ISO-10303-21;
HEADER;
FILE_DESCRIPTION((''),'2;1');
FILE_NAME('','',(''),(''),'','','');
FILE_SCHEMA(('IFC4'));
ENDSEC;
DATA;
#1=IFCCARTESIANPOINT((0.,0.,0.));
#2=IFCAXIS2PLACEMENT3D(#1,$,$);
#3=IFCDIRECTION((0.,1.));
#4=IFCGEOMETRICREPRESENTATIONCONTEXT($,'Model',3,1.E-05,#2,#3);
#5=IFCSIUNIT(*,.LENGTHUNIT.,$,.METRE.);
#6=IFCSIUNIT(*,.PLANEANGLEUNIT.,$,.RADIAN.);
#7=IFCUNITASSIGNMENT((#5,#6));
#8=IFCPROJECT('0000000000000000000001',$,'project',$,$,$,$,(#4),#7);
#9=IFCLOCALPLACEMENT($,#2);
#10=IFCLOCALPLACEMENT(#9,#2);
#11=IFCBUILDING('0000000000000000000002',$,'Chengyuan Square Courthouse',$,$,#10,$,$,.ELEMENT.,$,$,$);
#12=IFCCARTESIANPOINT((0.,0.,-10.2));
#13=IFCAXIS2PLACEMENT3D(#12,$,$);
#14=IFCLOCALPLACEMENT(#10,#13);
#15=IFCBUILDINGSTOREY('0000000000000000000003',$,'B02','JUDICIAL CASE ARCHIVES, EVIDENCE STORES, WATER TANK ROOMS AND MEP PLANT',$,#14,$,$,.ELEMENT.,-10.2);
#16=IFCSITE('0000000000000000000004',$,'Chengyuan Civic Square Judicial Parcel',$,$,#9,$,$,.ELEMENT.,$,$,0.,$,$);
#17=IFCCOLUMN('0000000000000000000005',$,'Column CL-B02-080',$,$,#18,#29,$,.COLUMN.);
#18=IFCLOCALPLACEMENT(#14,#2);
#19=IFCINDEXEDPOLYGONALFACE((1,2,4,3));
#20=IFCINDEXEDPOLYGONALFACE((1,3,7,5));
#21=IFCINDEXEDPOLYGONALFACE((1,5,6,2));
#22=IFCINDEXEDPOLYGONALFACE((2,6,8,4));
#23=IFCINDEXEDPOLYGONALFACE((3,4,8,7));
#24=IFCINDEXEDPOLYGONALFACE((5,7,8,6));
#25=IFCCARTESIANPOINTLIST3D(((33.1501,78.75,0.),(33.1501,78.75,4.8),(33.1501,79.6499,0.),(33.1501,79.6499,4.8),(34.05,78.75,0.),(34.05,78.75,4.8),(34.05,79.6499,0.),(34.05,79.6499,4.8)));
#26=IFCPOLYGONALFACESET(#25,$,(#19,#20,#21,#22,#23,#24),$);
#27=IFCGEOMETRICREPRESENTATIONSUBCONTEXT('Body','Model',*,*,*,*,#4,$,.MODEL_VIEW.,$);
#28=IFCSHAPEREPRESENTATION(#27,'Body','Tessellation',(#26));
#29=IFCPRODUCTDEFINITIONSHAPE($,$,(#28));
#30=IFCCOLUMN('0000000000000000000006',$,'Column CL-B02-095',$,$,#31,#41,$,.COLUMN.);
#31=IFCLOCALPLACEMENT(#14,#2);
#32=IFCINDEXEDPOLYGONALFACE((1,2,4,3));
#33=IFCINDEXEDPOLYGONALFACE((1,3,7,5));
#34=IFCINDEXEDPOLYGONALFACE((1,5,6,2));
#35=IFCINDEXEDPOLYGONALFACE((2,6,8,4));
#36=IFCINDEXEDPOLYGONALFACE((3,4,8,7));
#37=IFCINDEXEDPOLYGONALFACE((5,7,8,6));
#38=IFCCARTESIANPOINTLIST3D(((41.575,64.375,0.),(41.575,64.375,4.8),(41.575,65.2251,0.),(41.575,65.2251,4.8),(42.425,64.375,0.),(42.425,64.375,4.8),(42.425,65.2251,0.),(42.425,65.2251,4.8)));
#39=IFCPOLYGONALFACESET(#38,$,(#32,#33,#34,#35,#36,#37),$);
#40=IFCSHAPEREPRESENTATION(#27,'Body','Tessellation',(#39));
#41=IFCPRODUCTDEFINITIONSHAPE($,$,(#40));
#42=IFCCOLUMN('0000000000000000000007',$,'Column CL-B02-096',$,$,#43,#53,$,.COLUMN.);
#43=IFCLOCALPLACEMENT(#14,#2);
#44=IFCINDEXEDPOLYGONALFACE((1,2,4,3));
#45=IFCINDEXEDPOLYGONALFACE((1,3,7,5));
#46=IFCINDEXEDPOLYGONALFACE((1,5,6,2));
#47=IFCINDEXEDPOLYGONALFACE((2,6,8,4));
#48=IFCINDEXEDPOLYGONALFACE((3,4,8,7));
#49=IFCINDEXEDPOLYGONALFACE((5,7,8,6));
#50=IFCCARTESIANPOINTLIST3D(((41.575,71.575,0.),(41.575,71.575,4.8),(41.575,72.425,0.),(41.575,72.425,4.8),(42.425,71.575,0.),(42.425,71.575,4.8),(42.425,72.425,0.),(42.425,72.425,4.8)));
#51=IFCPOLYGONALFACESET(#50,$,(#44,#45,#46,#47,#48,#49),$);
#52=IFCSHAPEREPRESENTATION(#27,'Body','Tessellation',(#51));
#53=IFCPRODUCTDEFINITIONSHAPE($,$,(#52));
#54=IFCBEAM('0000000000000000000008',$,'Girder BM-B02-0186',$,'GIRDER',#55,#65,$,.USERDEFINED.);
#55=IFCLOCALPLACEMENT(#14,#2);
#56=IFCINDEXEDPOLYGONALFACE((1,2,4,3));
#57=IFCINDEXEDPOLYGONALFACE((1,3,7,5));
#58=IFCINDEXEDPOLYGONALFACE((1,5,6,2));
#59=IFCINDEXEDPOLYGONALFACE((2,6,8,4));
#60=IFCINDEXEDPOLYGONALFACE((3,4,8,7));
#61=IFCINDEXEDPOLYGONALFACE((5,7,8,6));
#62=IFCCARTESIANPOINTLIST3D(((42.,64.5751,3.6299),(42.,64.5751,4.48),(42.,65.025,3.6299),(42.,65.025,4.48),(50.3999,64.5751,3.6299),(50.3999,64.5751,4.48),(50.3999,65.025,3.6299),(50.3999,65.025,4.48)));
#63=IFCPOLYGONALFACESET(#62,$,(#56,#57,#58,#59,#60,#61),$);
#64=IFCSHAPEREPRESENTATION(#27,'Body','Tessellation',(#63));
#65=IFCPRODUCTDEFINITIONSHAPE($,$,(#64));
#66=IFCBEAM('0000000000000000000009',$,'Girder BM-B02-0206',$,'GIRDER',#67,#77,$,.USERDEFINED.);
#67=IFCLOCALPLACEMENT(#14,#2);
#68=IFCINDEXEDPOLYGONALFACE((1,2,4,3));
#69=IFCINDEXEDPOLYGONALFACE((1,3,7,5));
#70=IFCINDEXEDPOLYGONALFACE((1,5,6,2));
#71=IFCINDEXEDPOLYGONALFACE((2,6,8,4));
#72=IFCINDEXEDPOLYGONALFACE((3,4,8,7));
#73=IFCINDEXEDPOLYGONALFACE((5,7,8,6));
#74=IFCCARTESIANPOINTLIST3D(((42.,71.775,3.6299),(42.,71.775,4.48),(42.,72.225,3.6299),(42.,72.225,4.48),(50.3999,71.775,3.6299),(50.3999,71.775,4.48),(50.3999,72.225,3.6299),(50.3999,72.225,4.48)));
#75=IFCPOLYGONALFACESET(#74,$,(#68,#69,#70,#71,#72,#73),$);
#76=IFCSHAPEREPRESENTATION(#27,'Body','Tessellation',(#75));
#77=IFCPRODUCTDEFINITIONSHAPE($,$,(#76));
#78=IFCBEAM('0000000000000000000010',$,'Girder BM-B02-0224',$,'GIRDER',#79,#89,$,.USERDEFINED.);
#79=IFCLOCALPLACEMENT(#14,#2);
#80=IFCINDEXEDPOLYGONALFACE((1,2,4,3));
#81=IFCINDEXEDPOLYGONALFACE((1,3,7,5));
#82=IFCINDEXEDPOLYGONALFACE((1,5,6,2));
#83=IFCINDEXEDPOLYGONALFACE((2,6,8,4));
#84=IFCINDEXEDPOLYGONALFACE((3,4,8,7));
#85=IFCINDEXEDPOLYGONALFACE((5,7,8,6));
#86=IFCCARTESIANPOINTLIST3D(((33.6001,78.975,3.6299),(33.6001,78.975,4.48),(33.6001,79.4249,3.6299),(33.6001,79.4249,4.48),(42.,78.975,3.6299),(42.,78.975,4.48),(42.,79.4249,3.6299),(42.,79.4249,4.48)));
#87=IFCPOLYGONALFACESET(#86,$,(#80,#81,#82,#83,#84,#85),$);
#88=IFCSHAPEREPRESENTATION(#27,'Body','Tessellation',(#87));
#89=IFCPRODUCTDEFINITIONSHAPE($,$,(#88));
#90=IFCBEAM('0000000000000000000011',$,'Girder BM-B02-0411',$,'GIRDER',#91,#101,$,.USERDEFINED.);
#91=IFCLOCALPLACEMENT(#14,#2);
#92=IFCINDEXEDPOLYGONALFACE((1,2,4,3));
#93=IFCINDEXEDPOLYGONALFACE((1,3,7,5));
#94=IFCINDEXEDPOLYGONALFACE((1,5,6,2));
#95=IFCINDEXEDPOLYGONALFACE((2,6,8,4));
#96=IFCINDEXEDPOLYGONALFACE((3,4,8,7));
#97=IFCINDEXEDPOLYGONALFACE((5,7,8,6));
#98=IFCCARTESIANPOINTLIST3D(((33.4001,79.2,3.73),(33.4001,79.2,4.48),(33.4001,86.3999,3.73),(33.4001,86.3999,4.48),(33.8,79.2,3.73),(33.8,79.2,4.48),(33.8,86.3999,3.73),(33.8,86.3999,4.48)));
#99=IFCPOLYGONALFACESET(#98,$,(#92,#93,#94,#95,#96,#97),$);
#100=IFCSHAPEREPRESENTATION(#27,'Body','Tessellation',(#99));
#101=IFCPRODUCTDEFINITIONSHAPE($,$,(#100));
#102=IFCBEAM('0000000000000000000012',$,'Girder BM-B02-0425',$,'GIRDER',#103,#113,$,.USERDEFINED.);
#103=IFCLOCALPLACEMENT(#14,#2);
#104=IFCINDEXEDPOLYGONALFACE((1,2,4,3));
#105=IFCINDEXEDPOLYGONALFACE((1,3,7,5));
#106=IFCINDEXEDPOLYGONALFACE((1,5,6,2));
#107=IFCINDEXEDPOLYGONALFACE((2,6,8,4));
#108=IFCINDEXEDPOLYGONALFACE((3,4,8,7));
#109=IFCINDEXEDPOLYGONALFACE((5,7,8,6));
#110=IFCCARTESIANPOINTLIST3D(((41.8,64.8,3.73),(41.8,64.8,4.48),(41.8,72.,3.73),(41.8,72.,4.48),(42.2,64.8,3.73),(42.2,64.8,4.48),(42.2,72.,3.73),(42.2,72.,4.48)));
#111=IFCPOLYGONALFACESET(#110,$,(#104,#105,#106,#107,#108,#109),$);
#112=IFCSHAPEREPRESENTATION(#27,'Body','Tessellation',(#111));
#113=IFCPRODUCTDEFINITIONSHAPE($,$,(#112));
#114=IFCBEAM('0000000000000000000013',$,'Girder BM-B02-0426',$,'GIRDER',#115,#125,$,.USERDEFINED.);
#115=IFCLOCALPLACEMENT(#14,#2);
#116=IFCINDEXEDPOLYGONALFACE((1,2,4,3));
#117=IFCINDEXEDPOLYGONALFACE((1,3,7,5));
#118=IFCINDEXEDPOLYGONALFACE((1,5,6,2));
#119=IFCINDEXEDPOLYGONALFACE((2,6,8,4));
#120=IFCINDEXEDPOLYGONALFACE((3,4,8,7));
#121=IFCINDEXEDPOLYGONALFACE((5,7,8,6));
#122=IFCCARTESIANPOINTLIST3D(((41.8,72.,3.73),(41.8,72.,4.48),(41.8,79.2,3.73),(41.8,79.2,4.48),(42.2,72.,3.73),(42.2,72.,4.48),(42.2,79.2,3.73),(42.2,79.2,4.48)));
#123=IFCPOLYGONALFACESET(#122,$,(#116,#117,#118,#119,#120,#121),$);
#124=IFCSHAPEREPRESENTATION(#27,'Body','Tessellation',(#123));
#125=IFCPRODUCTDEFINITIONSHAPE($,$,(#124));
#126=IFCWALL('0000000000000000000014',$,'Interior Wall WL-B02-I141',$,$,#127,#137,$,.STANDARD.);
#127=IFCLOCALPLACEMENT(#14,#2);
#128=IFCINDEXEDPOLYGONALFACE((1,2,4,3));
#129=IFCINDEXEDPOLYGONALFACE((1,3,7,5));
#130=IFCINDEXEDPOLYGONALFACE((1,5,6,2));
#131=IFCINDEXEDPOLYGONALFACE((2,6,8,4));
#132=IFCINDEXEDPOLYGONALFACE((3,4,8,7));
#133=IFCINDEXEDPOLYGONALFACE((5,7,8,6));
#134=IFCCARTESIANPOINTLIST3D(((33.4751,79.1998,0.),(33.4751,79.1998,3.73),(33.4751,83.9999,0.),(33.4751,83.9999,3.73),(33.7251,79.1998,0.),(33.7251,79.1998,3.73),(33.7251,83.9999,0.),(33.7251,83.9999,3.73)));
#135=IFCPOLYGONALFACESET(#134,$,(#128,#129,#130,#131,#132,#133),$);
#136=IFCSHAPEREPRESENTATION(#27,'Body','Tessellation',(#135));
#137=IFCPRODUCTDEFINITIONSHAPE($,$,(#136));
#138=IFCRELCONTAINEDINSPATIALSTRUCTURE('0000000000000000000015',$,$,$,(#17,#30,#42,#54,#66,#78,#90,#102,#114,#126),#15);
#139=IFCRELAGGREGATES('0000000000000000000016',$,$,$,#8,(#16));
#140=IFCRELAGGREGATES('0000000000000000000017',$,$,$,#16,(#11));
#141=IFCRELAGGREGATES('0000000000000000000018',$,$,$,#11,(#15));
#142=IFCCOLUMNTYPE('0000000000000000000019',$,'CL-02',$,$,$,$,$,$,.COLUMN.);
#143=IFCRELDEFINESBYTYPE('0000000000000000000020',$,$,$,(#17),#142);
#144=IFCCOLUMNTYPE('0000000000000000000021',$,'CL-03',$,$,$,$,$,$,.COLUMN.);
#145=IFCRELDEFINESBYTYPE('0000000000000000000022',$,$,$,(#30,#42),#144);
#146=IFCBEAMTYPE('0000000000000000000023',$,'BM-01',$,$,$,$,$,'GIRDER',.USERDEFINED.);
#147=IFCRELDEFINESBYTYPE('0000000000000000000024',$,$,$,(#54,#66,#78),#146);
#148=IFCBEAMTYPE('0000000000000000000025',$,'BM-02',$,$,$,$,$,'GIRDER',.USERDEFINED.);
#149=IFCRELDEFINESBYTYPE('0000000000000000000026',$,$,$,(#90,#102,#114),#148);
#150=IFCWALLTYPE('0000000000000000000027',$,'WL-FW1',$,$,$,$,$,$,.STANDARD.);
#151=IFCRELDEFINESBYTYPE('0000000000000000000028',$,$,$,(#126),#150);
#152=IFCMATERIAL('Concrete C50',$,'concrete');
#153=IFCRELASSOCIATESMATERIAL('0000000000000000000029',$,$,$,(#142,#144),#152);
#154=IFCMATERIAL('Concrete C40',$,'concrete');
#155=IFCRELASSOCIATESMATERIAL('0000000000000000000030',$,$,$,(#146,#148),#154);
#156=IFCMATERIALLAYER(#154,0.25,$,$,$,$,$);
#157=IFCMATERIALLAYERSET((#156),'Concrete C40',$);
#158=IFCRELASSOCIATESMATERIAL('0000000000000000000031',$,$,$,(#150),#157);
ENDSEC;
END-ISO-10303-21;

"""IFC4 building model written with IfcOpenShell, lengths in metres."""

from ifc_helpers import new_model, si_unit, direction, frame, frame_2d, origin, origin_2d, place, context, subcontext, project, spatial, rectangle, extrude, material, layer, layer_set, material_profile, profile_set, type_object, element, save


model = new_model("IFC4")

# Units and contexts
model_context = context("Model", 3, precision=1e-05, world=origin(), true_north=direction((0.0, 1.0)))
body_context = subcontext(model_context, "Body", "Model", "MODEL_VIEW")
ifc_project = project(units=[si_unit("LENGTHUNIT", "METRE"), si_unit("PLANEANGLEUNIT", "RADIAN")], contexts=[model_context])

# Site, building, storey
site_placement = place(None, origin())
site = spatial("IfcSite", under=ifc_project, at=site_placement, Name="Chengyuan Civic Square Judicial Parcel", CompositionType="ELEMENT", RefElevation=0.0)
building_placement = place(site_placement, origin())
building = spatial("IfcBuilding", under=site, at=building_placement, Name="Chengyuan Square Courthouse", CompositionType="ELEMENT")
storey_placement = place(building_placement, frame((0.0, 0.0, -10.2)))
storey = spatial("IfcBuildingStorey", under=building, at=storey_placement, Name="B02", Description="JUDICIAL CASE ARCHIVES, EVIDENCE STORES, WATER TANK ROOMS AND MEP PLANT", CompositionType="ELEMENT", Elevation=-10.2)

# Shared definitions
ifc_material_1 = material(Name="Concrete C40", Category="concrete")

# Columns
ifc_material_2 = material(Name="Concrete C50", Category="concrete")
ifc_material_profile_1 = material_profile(ifc_material_2, rectangle(XDim=0.8999, YDim=0.8999, at=origin_2d()), Name="RC-COL-900x900")
ifc_profile_set_1 = profile_set([ifc_material_profile_1], Name="Concrete C50")
column_type_1 = type_object("IfcColumnType", Name="CL-02", PredefinedType="COLUMN", material=ifc_profile_set_1)
column_placement = place(storey_placement, frame((33.6001, 79.2, 0.0), z_axis=(0.0, 0.0, 1.0), x_axis=(1.0, 0.0, 0.0)))
element("IfcColumn", 1, at=column_placement, inside=storey, type_object=column_type_1, Name="Column CL-B02-080", PredefinedType="COLUMN", context=body_context, shape_type="SweptSolid", body=[
    extrude(rectangle(XDim=0.8999, YDim=0.8999, at=origin_2d()), origin(), (0.0, 0.0, 1.0), 4.8),
])
ifc_material_profile_2 = material_profile(ifc_material_2, rectangle(XDim=0.8501, YDim=0.8501, at=origin_2d()), Name="RC-COL-850x850")
ifc_profile_set_2 = profile_set([ifc_material_profile_2], Name="Concrete C50")
column_type_2 = type_object("IfcColumnType", Name="CL-03", PredefinedType="COLUMN", material=ifc_profile_set_2)
for number, where, z_axis, x_axis, name in (
    (2, (42.0, 64.8, 0.0), (0.0, 0.0, 1.0), (1.0, 0.0, 0.0), "Column CL-B02-095"),
    (3, (42.0, 72.0, 0.0), (0.0, 0.0, 1.0), (1.0, 0.0, 0.0), "Column CL-B02-096"),
):
    element("IfcColumn", number, at=place(storey_placement, frame(where, z_axis=z_axis, x_axis=x_axis)), inside=storey, type_object=column_type_2, Name=name, PredefinedType="COLUMN", context=body_context, shape_type="SweptSolid", body=[
        extrude(rectangle(XDim=0.8501, YDim=0.8501, at=origin_2d()), origin(), (0.0, 0.0, 1.0), 4.8),
    ])

# Beams
ifc_material_profile_3 = material_profile(ifc_material_1, rectangle(XDim=0.45, YDim=0.8501, at=origin_2d()), Name="RC-BM-450x850")
ifc_profile_set_3 = profile_set([ifc_material_profile_3], Name="Concrete C40")
beam_type_1 = type_object("IfcBeamType", Name="BM-01", ElementType="GIRDER", PredefinedType="USERDEFINED", material=ifc_profile_set_3)
for number, where, z_axis, x_axis, name in (
    (4, (42.0, 64.8, 4.0549), (1.0, 0.0, 0.0), (0.0, 1.0, 0.0), "Girder BM-B02-0186"),
    (5, (42.0, 72.0, 4.0549), (1.0, 0.0, 0.0), (0.0, 1.0, 0.0), "Girder BM-B02-0206"),
    (6, (33.6001, 79.2, 4.0549), (1.0, 0.0, 0.0), (0.0, 1.0, 0.0), "Girder BM-B02-0224"),
):
    element("IfcBeam", number, at=place(storey_placement, frame(where, z_axis=z_axis, x_axis=x_axis)), inside=storey, type_object=beam_type_1, Name=name, ObjectType="GIRDER", PredefinedType="USERDEFINED", context=body_context, shape_type="SweptSolid", body=[
        extrude(rectangle(XDim=0.45, YDim=0.8501, at=origin_2d()), origin(), (0.0, 0.0, 1.0), 8.3999),
    ])
ifc_material_profile_4 = material_profile(ifc_material_1, rectangle(XDim=0.3999, YDim=0.75, at=origin_2d()), Name="RC-BM-400x750")
ifc_profile_set_4 = profile_set([ifc_material_profile_4], Name="Concrete C40")
beam_type_2 = type_object("IfcBeamType", Name="BM-02", ElementType="GIRDER", PredefinedType="USERDEFINED", material=ifc_profile_set_4)
for number, where, z_axis, x_axis, name in (
    (7, (33.6001, 79.2, 4.105), (0.0, 1.0, 0.0), (-1.0, 0.0, 0.0), "Girder BM-B02-0411"),
    (8, (42.0, 64.8, 4.105), (0.0, 1.0, 0.0), (-1.0, 0.0, 0.0), "Girder BM-B02-0425"),
    (9, (42.0, 72.0, 4.105), (0.0, 1.0, 0.0), (-1.0, 0.0, 0.0), "Girder BM-B02-0426"),
):
    element("IfcBeam", number, at=place(storey_placement, frame(where, z_axis=z_axis, x_axis=x_axis)), inside=storey, type_object=beam_type_2, Name=name, ObjectType="GIRDER", PredefinedType="USERDEFINED", context=body_context, shape_type="SweptSolid", body=[
        extrude(rectangle(XDim=0.3999, YDim=0.75, at=origin_2d()), origin(), (0.0, 0.0, 1.0), 7.2),
    ])

# Wall
ifc_layer = layer(ifc_material_1, 0.25)
ifc_layer_set = layer_set([ifc_layer], Name="Concrete C40")
wall_type = type_object("IfcWallType", Name="WL-FW1", PredefinedType="STANDARD", material=ifc_layer_set)
wall_placement = place(storey_placement, frame((33.6001, 79.2, 0.0), z_axis=(0.0, 0.0, 1.0), x_axis=(0.0, 1.0, 0.0)))
element("IfcWall", 10, at=wall_placement, inside=storey, type_object=wall_type, Name="Interior Wall WL-B02-I141", PredefinedType="STANDARD", context=body_context, shape_type="SweptSolid", body=[
    extrude(rectangle(XDim=4.8, YDim=0.25, at=frame_2d((2.3999, 0.0))), origin(), (0.0, 0.0, 1.0), 3.73),
])

save(model, "model.ifc")
